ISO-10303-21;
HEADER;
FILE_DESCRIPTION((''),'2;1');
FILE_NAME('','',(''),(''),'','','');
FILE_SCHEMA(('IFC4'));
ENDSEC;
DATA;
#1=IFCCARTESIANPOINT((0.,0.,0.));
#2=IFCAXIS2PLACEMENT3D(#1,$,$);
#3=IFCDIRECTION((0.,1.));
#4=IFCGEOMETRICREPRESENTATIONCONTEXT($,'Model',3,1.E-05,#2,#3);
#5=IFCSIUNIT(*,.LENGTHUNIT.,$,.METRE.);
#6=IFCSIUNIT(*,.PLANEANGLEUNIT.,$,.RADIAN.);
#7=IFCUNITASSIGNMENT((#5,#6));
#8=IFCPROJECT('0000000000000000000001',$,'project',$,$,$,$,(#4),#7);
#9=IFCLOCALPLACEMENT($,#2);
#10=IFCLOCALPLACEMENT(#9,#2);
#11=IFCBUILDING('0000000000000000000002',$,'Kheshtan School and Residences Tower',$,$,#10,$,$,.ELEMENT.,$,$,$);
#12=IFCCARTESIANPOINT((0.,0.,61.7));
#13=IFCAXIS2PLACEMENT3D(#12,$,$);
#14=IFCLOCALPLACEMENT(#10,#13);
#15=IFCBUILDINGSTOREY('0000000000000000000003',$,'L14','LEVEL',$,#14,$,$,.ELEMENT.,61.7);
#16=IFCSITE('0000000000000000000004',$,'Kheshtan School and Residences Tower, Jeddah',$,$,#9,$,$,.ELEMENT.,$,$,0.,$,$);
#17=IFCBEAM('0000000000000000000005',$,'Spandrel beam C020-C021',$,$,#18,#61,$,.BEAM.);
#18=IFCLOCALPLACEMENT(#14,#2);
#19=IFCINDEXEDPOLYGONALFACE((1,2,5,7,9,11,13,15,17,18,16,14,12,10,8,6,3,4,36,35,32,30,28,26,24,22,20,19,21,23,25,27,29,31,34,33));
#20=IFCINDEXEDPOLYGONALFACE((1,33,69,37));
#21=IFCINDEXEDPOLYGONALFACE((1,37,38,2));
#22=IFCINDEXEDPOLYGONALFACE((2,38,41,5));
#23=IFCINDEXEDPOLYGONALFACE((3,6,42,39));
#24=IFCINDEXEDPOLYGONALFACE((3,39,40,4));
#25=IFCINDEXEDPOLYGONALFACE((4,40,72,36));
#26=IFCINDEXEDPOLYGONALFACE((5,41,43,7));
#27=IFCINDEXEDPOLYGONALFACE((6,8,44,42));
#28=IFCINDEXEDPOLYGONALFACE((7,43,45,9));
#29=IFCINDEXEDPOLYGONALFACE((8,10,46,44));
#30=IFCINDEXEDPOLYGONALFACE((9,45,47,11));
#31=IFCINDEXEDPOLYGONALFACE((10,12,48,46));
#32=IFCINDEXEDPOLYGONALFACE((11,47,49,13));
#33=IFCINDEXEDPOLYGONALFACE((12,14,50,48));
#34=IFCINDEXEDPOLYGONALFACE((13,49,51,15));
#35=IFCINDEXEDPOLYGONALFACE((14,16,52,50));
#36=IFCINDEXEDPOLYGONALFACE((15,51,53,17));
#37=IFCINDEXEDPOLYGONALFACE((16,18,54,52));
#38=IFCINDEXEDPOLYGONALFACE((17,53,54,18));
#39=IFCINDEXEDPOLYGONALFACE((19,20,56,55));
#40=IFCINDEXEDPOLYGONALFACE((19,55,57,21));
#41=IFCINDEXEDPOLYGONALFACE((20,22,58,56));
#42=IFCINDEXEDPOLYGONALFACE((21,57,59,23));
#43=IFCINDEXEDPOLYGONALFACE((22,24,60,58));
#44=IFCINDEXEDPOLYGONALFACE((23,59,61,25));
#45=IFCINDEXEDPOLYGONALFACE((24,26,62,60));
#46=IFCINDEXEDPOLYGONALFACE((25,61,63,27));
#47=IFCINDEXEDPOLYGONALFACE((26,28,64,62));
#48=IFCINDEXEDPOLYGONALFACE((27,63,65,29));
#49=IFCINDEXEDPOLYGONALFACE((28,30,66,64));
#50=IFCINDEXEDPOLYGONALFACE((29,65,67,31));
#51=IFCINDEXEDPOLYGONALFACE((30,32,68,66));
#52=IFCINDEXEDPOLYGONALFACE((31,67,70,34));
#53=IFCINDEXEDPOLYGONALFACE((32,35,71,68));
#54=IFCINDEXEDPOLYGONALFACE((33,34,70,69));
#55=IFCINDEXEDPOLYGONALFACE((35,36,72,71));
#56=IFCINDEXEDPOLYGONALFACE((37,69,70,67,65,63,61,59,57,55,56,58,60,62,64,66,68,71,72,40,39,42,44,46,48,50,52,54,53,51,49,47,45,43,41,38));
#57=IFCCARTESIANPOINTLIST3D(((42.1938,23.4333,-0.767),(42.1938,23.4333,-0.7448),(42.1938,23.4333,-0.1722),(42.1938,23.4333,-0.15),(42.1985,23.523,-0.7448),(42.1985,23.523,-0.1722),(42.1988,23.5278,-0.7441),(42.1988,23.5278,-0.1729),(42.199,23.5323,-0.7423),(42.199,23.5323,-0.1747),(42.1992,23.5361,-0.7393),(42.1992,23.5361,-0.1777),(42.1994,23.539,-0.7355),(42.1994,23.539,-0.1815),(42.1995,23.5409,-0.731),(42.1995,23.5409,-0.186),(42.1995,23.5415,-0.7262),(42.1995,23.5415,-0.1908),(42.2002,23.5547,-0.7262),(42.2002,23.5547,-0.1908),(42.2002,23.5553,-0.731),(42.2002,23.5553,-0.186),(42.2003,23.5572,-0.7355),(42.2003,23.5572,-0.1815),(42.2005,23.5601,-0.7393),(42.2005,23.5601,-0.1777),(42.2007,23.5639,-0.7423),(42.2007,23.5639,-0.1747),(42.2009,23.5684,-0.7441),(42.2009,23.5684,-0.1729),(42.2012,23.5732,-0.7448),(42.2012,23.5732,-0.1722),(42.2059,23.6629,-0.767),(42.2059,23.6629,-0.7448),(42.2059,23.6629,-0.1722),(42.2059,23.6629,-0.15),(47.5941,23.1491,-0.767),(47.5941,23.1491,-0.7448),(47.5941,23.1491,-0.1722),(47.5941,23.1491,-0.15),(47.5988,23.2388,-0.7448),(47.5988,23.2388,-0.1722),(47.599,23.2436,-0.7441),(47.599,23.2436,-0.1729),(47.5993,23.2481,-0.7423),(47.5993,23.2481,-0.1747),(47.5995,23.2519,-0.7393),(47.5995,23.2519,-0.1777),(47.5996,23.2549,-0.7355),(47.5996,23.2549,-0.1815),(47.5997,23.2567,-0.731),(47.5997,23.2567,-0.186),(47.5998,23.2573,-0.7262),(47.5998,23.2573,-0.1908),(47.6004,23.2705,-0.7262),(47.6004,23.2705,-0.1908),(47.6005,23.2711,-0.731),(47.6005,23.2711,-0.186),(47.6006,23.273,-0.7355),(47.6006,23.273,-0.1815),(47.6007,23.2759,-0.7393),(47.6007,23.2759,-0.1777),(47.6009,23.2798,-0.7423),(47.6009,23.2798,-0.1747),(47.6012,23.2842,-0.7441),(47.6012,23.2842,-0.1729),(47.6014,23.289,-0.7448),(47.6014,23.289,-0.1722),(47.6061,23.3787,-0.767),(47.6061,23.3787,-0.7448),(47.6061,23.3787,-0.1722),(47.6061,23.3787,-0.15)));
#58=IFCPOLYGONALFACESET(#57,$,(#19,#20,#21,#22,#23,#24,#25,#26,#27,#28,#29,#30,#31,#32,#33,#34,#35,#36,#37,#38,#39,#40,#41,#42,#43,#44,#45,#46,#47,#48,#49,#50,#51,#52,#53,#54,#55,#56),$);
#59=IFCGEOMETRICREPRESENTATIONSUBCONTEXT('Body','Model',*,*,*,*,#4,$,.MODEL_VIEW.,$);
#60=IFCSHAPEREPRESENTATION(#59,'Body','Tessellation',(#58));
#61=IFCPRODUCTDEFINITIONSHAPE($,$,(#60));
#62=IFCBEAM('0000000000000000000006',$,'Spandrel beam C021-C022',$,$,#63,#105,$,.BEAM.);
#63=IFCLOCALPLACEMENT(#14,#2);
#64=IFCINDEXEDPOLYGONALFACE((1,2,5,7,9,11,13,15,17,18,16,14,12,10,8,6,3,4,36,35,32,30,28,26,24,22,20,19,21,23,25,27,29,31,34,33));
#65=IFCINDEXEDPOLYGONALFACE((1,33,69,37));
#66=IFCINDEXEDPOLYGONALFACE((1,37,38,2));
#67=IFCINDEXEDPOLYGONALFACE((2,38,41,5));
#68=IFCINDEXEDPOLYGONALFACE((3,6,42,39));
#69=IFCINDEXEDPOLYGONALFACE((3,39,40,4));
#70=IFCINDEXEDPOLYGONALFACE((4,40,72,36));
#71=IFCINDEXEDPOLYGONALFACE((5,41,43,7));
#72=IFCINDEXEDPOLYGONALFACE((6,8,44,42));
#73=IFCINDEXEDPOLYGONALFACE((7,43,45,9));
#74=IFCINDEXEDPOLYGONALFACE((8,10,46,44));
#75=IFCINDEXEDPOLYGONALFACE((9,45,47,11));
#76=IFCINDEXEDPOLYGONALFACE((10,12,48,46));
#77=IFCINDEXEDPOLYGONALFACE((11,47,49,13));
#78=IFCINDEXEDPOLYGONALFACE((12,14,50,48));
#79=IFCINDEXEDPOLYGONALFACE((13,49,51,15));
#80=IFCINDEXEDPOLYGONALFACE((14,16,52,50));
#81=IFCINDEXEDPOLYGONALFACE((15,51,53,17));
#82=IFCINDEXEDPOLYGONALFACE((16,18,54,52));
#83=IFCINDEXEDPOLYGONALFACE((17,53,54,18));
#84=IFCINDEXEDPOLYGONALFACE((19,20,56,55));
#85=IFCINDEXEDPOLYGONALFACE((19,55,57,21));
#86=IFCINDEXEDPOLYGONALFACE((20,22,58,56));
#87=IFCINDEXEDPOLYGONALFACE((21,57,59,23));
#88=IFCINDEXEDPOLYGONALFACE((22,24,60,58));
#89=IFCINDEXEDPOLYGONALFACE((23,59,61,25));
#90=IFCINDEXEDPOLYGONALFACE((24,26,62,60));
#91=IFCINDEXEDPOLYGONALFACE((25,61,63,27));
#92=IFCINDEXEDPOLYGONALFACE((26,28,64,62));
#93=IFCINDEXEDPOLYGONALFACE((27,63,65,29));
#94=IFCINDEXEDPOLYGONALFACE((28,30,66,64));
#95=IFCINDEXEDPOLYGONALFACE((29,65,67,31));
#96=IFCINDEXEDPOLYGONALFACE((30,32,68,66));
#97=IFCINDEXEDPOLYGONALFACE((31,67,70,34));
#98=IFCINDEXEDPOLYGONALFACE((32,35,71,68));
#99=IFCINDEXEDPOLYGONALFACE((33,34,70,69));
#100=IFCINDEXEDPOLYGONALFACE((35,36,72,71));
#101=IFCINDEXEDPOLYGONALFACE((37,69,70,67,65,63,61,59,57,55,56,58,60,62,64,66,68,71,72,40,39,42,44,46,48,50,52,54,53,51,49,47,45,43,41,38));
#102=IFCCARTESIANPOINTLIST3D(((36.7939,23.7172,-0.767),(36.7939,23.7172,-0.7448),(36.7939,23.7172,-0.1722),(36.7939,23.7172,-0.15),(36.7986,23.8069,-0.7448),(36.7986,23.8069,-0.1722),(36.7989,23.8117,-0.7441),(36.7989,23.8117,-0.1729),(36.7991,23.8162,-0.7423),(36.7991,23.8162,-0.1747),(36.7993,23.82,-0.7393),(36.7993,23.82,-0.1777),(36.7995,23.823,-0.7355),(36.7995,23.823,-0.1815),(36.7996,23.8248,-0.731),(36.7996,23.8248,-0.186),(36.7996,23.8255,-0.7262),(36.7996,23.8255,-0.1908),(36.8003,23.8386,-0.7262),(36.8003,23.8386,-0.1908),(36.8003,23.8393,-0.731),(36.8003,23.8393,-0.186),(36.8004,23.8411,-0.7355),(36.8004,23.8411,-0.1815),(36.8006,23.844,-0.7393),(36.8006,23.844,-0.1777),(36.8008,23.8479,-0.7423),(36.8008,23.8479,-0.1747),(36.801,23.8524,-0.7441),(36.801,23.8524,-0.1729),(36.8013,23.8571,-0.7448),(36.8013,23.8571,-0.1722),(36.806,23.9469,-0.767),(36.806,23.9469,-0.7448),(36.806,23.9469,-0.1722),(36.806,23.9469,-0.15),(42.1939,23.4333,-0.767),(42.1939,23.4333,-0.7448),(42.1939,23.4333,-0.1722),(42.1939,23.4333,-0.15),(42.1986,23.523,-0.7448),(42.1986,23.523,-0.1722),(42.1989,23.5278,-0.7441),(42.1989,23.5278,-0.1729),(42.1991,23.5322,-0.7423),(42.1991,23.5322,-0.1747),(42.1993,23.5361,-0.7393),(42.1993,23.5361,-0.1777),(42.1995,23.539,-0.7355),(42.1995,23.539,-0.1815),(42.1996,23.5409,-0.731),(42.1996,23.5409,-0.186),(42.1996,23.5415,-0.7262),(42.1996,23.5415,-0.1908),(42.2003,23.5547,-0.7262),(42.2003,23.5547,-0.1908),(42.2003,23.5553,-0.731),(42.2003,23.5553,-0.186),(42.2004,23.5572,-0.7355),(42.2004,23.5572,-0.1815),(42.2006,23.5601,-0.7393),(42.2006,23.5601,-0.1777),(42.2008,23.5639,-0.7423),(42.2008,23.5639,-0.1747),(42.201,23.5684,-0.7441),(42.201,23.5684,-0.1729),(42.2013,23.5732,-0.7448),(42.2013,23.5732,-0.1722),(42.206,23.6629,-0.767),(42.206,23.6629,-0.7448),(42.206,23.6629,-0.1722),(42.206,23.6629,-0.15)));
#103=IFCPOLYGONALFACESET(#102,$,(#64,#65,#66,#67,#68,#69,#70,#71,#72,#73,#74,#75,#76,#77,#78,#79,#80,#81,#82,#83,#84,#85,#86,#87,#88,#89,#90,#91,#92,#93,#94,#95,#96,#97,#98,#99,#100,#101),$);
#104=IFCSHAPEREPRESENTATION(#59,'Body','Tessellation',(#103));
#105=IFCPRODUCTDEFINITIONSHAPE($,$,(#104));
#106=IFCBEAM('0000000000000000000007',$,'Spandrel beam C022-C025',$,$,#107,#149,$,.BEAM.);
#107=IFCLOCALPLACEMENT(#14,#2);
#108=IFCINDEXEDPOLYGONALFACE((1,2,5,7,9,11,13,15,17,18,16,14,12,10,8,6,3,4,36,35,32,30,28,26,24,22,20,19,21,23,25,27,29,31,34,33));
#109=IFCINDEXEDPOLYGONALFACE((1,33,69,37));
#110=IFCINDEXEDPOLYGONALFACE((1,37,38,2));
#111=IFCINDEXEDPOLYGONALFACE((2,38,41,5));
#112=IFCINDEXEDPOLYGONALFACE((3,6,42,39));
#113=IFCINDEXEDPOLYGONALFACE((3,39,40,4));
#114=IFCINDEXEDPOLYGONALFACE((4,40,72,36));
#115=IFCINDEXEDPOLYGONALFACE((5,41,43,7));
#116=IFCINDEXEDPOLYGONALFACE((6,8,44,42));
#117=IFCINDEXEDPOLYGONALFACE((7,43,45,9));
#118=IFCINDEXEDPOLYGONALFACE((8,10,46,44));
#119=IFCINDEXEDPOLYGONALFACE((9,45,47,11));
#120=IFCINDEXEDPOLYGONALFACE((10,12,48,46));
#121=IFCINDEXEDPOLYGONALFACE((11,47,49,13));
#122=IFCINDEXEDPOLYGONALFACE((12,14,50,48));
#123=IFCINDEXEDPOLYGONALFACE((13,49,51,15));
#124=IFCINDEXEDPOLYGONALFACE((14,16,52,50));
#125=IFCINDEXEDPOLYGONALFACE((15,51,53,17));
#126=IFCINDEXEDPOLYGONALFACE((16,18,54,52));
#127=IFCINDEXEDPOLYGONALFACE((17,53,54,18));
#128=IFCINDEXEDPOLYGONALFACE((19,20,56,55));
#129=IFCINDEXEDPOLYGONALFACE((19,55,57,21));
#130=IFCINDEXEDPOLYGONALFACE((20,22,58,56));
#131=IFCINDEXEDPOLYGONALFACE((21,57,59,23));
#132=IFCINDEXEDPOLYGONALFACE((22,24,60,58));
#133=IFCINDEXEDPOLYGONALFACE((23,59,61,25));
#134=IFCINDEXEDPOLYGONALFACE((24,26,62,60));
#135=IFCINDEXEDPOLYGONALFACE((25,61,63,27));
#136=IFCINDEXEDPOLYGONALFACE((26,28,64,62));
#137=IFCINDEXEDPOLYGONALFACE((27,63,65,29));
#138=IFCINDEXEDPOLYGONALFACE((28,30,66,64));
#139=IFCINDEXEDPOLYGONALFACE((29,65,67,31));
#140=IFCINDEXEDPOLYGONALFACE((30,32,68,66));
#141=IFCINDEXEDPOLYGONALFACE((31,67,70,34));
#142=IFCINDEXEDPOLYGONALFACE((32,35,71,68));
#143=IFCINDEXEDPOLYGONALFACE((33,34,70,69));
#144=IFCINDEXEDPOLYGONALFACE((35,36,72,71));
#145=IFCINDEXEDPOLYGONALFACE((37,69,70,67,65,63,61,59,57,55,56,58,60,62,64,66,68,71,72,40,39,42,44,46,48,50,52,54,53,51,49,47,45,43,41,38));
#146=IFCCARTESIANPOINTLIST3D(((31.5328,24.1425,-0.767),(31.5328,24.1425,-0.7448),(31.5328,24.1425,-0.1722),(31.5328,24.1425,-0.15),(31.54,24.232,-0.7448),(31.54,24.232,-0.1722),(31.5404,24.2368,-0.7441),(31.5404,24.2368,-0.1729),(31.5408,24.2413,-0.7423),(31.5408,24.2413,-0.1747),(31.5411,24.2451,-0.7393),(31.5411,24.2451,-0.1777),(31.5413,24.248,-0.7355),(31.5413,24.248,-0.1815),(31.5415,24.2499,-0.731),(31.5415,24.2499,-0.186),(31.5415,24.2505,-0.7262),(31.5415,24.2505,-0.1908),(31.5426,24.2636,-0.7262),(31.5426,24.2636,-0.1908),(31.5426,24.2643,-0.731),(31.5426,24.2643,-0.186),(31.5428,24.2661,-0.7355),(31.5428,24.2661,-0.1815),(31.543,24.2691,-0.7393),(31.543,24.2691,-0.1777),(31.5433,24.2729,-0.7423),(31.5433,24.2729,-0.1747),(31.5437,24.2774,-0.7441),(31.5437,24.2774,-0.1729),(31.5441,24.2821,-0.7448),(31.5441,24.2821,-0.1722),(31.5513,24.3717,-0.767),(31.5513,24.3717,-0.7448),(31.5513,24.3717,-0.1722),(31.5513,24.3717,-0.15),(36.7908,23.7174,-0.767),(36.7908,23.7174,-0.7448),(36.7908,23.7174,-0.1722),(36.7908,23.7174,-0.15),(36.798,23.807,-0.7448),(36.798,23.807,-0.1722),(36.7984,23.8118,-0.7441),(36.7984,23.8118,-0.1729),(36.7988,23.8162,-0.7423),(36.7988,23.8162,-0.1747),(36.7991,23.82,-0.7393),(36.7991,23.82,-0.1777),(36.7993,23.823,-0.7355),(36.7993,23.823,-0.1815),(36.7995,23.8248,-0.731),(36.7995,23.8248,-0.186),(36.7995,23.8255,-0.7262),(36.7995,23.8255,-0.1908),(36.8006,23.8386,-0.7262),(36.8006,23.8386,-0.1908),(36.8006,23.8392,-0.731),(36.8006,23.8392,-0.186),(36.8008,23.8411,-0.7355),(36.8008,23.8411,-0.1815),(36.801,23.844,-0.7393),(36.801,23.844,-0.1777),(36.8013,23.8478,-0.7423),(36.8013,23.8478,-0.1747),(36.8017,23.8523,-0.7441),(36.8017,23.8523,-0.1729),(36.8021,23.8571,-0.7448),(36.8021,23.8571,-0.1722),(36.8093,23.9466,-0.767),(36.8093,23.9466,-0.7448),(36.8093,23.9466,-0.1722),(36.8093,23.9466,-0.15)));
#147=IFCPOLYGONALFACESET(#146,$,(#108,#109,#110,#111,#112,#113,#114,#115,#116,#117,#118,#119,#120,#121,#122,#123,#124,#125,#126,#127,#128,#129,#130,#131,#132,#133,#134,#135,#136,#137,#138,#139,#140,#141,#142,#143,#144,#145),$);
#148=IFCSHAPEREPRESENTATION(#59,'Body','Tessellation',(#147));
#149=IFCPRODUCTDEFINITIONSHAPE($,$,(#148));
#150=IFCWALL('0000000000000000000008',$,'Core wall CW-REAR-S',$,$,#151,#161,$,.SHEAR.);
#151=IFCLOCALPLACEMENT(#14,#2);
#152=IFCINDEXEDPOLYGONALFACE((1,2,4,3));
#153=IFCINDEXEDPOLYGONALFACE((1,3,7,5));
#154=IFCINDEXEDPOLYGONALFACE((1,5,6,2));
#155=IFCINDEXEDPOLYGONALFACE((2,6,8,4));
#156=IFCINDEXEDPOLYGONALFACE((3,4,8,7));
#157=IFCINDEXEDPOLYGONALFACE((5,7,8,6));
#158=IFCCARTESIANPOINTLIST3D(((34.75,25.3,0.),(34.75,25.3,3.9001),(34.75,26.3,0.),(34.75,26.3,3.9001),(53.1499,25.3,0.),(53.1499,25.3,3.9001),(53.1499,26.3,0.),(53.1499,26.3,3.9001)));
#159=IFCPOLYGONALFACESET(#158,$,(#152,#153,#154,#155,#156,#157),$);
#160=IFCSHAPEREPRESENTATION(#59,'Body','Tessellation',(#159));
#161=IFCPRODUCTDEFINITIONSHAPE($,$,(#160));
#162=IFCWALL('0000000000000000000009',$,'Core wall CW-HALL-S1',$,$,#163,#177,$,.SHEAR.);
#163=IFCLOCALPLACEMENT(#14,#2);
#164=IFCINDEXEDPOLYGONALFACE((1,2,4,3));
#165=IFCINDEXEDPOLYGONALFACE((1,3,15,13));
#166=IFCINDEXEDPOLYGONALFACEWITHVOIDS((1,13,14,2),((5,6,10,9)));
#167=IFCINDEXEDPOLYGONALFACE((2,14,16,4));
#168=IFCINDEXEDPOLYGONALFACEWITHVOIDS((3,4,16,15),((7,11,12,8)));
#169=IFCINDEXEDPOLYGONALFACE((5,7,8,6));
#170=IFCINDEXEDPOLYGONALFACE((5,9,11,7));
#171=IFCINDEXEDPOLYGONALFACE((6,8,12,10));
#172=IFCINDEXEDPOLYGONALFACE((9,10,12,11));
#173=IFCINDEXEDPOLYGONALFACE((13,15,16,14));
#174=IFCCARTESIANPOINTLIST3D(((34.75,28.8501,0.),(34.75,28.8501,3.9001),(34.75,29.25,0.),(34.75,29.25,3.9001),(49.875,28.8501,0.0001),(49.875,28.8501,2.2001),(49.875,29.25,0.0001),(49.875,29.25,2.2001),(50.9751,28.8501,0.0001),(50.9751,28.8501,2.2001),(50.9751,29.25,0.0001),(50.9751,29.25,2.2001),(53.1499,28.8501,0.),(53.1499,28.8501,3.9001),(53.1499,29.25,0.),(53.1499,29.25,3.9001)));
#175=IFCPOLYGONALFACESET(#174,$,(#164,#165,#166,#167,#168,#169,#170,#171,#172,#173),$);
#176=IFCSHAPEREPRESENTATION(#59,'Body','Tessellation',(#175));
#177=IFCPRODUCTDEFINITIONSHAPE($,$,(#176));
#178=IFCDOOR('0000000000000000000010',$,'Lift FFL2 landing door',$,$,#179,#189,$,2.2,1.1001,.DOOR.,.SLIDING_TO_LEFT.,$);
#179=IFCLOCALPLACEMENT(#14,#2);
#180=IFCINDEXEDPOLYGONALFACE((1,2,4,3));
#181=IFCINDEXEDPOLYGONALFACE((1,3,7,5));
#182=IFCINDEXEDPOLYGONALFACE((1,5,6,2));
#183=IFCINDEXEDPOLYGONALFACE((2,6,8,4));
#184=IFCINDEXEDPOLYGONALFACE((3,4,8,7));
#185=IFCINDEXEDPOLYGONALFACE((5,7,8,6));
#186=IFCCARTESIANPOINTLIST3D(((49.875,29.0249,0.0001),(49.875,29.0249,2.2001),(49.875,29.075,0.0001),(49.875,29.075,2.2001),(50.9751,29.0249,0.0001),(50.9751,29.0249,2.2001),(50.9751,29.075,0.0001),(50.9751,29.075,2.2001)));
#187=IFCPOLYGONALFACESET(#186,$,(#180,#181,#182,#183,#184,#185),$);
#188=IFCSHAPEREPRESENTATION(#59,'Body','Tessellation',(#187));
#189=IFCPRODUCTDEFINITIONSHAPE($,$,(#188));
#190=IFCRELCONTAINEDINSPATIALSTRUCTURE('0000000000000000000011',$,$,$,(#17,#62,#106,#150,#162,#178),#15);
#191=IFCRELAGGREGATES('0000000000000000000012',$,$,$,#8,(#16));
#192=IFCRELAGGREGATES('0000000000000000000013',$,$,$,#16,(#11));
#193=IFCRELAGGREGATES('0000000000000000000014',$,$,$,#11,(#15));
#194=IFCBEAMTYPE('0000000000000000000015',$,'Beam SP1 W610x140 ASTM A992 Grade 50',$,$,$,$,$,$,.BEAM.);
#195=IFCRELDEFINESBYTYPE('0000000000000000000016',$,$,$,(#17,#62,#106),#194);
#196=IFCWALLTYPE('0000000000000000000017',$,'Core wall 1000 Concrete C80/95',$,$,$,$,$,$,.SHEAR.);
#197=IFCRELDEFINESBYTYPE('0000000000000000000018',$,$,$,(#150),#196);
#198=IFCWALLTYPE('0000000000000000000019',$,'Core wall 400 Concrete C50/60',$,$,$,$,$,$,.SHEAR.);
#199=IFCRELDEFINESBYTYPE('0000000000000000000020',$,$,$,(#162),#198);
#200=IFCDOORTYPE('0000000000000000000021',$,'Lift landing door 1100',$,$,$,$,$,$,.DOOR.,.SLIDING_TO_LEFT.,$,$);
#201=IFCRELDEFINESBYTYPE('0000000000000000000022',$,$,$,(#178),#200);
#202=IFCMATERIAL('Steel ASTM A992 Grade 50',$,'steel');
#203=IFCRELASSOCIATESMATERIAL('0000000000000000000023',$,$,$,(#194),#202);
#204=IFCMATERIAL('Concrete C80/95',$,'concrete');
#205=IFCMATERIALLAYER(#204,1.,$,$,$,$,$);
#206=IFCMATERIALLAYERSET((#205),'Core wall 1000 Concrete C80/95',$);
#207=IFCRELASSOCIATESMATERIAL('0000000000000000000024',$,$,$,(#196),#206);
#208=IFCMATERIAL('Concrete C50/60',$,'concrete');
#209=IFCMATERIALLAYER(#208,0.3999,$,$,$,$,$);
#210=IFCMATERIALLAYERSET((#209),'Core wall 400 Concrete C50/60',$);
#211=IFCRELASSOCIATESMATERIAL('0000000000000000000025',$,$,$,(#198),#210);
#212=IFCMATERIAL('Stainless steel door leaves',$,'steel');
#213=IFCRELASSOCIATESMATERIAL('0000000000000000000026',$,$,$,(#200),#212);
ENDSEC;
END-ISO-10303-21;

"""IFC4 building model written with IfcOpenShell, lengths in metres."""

from ifc_helpers import new_model, si_unit, direction, frame, frame_2d, origin, origin_2d, place, context, subcontext, project, spatial, rectangle, i_section, extrude, source, transform, mapped, material, layer, layer_set, material_profile, profile_set, type_object, element, fill, save


model = new_model("IFC4")

# Units and contexts
model_context = context("Model", 3, precision=1e-05, world=origin(), true_north=direction((0.0, 1.0)))
body_context = subcontext(model_context, "Body", "Model", "MODEL_VIEW")
ifc_project = project(units=[si_unit("LENGTHUNIT", "METRE"), si_unit("PLANEANGLEUNIT", "RADIAN")], contexts=[model_context])

# Site, building, storey
site_placement = place(None, origin())
site = spatial("IfcSite", under=ifc_project, at=site_placement, Name="Kheshtan School and Residences Tower, Jeddah", CompositionType="ELEMENT", RefElevation=0.0)
building_placement = place(site_placement, origin())
building = spatial("IfcBuilding", under=site, at=building_placement, Name="Kheshtan School and Residences Tower", CompositionType="ELEMENT")
storey_placement = place(building_placement, frame((0.0, 0.0, 61.7)))
storey = spatial("IfcBuildingStorey", under=building, at=storey_placement, Name="L14", Description="LEVEL", CompositionType="ELEMENT", Elevation=61.7)

# Shared definitions
ifc_material_1 = material(Name="Steel ASTM A992 Grade 50", Category="steel")

# Beams
ifc_material_profile_1 = material_profile(ifc_material_1, i_section(OverallWidth=0.23, OverallDepth=0.6169, WebThickness=0.0132, FlangeThickness=0.0222, FilletRadius=0.0186, at=origin_2d()), Name="W610x140")
ifc_profile_set_1 = profile_set([ifc_material_profile_1], Name="Steel ASTM A992 Grade 50")
beam_type_1 = type_object("IfcBeamType", Name="Beam SP1 W610x140 ASTM A992 Grade 50", PredefinedType="BEAM", material=ifc_profile_set_1)
beam_1_placement = place(storey_placement, frame((47.6001, 23.2639, -0.4585), z_axis=(-0.998618, 0.052552, 0.0), x_axis=(-0.052552, -0.998618, 0.0)))
element("IfcBeam", 1, at=beam_1_placement, inside=storey, type_object=beam_type_1, Name="Spandrel beam C020-C021", PredefinedType="BEAM", context=body_context, shape_type="SweptSolid", body=[
    extrude(i_section(OverallWidth=0.23, OverallDepth=0.6169, WebThickness=0.0132, FlangeThickness=0.0222, FilletRadius=0.0186, at=origin_2d()), origin(), (0.0, 0.0, 1.0), 5.4077),
])
beam_2_placement = place(storey_placement, frame((42.2, 23.5481, -0.4585), z_axis=(-0.99862, 0.052509, 0.0), x_axis=(-0.052509, -0.99862, 0.0)))
element("IfcBeam", 2, at=beam_2_placement, inside=storey, type_object=beam_type_1, Name="Spandrel beam C021-C022", PredefinedType="BEAM", context=body_context, shape_type="SweptSolid", body=[
    extrude(i_section(OverallWidth=0.23, OverallDepth=0.6169, WebThickness=0.0132, FlangeThickness=0.0222, FilletRadius=0.0186, at=origin_2d()), origin(), (0.0, 0.0, 1.0), 5.4075),
])
beam_3_placement = place(storey_placement, frame((36.8, 23.832, -0.4585), z_axis=(-0.996749, 0.080575, 0.0), x_axis=(-0.080575, -0.996749, 0.0)))
element("IfcBeam", 3, at=beam_3_placement, inside=storey, type_object=beam_type_1, Name="Spandrel beam C022-C025", PredefinedType="BEAM", context=body_context, shape_type="SweptSolid", body=[
    extrude(i_section(OverallWidth=0.23, OverallDepth=0.6169, WebThickness=0.0132, FlangeThickness=0.0222, FilletRadius=0.0186, at=origin_2d()), origin(), (0.0, 0.0, 1.0), 5.2751),
])

# Wall
ifc_material_2 = material(Name="Concrete C80/95", Category="concrete")
ifc_layer_1 = layer(ifc_material_2, 1.0)
ifc_layer_set_1 = layer_set([ifc_layer_1], Name="Core wall 1000 Concrete C80/95")
wall_type_1 = type_object("IfcWallType", Name="Core wall 1000 Concrete C80/95", PredefinedType="SHEAR", material=ifc_layer_set_1)
wall_1_placement = place(storey_placement, frame((34.75, 25.8, 0.0), z_axis=(0.0, 0.0, 1.0), x_axis=(1.0, 0.0, 0.0)))
element("IfcWall", 4, at=wall_1_placement, inside=storey, type_object=wall_type_1, Name="Core wall CW-REAR-S", PredefinedType="SHEAR", context=body_context, shape_type="SweptSolid", body=[
    extrude(rectangle(XDim=18.3999, YDim=1.0, at=frame_2d((9.2, 0.0))), origin(), (0.0, 0.0, 1.0), 3.9001),
])

# Wall, opening, door
ifc_material_3 = material(Name="Concrete C50/60", Category="concrete")
ifc_layer_2 = layer(ifc_material_3, 0.3999)
ifc_layer_set_2 = layer_set([ifc_layer_2], Name="Core wall 400 Concrete C50/60")
wall_type_2 = type_object("IfcWallType", Name="Core wall 400 Concrete C50/60", PredefinedType="SHEAR", material=ifc_layer_set_2)
wall_2_placement = place(storey_placement, frame((34.75, 29.05, 0.0), z_axis=(0.0, 0.0, 1.0), x_axis=(1.0, 0.0, 0.0)))
wall_2 = element("IfcWall", 5, at=wall_2_placement, inside=storey, type_object=wall_type_2, Name="Core wall CW-HALL-S1", PredefinedType="SHEAR", context=body_context, shape_type="SweptSolid", body=[
    extrude(rectangle(XDim=18.3999, YDim=0.3999, at=frame_2d((9.2, 0.0))), origin(), (0.0, 0.0, 1.0), 3.9001),
])
opening_1_placement = place(wall_2_placement, frame((15.125, 0.0, 0.0)))
opening_1 = element("IfcOpeningElement", 6, at=opening_1_placement, cuts=wall_2, PredefinedType="OPENING", context=body_context, shape_type="SweptSolid", body=[
    extrude(rectangle(XDim=1.1001, YDim=2.2, at=frame_2d((0.55, 1.1001))), frame((0.0, 0.21, 0.0), z_axis=(0.0, -1.0, 0.0), x_axis=(1.0, 0.0, 0.0)), (0.0, 0.0, 1.0), 0.4199),
])
ifc_material_4 = material(Name="Stainless steel door leaves", Category="steel")
door_type_1 = type_object("IfcDoorType", Name="Lift landing door 1100", OperationType="SLIDING_TO_LEFT", PredefinedType="DOOR", material=ifc_material_4)
shared_shape_1 = source(origin(), body_context, "Body", "SweptSolid", [
    extrude(rectangle(XDim=1.1001, YDim=2.2, at=frame_2d((0.55, 1.1001))), frame((0.0, 0.0249, 0.0), z_axis=(0.0, -1.0, 0.0), x_axis=(1.0, 0.0, 0.0)), (0.0, 0.0, 1.0), 0.05),
])
door_1_placement = place(opening_1_placement, origin())
door_1 = element("IfcDoor", 7, at=door_1_placement, inside=storey, type_object=door_type_1, Name="Lift FFL2 landing door", OperationType="SLIDING_TO_LEFT", OverallHeight=2.2, OverallWidth=1.1001, PredefinedType="DOOR", context=body_context, shape_type="MappedRepresentation", body=[
    mapped(shared_shape_1, transform((0.0, 0.0, 0.0), x_axis=(1.0, 0.0, 0.0), y_axis=(0.0, 1.0, 0.0), z_axis=(0.0, 0.0, 1.0), scale=1.0)),
])
fill(opening_1, door_1)

save(model, "model.ifc")
